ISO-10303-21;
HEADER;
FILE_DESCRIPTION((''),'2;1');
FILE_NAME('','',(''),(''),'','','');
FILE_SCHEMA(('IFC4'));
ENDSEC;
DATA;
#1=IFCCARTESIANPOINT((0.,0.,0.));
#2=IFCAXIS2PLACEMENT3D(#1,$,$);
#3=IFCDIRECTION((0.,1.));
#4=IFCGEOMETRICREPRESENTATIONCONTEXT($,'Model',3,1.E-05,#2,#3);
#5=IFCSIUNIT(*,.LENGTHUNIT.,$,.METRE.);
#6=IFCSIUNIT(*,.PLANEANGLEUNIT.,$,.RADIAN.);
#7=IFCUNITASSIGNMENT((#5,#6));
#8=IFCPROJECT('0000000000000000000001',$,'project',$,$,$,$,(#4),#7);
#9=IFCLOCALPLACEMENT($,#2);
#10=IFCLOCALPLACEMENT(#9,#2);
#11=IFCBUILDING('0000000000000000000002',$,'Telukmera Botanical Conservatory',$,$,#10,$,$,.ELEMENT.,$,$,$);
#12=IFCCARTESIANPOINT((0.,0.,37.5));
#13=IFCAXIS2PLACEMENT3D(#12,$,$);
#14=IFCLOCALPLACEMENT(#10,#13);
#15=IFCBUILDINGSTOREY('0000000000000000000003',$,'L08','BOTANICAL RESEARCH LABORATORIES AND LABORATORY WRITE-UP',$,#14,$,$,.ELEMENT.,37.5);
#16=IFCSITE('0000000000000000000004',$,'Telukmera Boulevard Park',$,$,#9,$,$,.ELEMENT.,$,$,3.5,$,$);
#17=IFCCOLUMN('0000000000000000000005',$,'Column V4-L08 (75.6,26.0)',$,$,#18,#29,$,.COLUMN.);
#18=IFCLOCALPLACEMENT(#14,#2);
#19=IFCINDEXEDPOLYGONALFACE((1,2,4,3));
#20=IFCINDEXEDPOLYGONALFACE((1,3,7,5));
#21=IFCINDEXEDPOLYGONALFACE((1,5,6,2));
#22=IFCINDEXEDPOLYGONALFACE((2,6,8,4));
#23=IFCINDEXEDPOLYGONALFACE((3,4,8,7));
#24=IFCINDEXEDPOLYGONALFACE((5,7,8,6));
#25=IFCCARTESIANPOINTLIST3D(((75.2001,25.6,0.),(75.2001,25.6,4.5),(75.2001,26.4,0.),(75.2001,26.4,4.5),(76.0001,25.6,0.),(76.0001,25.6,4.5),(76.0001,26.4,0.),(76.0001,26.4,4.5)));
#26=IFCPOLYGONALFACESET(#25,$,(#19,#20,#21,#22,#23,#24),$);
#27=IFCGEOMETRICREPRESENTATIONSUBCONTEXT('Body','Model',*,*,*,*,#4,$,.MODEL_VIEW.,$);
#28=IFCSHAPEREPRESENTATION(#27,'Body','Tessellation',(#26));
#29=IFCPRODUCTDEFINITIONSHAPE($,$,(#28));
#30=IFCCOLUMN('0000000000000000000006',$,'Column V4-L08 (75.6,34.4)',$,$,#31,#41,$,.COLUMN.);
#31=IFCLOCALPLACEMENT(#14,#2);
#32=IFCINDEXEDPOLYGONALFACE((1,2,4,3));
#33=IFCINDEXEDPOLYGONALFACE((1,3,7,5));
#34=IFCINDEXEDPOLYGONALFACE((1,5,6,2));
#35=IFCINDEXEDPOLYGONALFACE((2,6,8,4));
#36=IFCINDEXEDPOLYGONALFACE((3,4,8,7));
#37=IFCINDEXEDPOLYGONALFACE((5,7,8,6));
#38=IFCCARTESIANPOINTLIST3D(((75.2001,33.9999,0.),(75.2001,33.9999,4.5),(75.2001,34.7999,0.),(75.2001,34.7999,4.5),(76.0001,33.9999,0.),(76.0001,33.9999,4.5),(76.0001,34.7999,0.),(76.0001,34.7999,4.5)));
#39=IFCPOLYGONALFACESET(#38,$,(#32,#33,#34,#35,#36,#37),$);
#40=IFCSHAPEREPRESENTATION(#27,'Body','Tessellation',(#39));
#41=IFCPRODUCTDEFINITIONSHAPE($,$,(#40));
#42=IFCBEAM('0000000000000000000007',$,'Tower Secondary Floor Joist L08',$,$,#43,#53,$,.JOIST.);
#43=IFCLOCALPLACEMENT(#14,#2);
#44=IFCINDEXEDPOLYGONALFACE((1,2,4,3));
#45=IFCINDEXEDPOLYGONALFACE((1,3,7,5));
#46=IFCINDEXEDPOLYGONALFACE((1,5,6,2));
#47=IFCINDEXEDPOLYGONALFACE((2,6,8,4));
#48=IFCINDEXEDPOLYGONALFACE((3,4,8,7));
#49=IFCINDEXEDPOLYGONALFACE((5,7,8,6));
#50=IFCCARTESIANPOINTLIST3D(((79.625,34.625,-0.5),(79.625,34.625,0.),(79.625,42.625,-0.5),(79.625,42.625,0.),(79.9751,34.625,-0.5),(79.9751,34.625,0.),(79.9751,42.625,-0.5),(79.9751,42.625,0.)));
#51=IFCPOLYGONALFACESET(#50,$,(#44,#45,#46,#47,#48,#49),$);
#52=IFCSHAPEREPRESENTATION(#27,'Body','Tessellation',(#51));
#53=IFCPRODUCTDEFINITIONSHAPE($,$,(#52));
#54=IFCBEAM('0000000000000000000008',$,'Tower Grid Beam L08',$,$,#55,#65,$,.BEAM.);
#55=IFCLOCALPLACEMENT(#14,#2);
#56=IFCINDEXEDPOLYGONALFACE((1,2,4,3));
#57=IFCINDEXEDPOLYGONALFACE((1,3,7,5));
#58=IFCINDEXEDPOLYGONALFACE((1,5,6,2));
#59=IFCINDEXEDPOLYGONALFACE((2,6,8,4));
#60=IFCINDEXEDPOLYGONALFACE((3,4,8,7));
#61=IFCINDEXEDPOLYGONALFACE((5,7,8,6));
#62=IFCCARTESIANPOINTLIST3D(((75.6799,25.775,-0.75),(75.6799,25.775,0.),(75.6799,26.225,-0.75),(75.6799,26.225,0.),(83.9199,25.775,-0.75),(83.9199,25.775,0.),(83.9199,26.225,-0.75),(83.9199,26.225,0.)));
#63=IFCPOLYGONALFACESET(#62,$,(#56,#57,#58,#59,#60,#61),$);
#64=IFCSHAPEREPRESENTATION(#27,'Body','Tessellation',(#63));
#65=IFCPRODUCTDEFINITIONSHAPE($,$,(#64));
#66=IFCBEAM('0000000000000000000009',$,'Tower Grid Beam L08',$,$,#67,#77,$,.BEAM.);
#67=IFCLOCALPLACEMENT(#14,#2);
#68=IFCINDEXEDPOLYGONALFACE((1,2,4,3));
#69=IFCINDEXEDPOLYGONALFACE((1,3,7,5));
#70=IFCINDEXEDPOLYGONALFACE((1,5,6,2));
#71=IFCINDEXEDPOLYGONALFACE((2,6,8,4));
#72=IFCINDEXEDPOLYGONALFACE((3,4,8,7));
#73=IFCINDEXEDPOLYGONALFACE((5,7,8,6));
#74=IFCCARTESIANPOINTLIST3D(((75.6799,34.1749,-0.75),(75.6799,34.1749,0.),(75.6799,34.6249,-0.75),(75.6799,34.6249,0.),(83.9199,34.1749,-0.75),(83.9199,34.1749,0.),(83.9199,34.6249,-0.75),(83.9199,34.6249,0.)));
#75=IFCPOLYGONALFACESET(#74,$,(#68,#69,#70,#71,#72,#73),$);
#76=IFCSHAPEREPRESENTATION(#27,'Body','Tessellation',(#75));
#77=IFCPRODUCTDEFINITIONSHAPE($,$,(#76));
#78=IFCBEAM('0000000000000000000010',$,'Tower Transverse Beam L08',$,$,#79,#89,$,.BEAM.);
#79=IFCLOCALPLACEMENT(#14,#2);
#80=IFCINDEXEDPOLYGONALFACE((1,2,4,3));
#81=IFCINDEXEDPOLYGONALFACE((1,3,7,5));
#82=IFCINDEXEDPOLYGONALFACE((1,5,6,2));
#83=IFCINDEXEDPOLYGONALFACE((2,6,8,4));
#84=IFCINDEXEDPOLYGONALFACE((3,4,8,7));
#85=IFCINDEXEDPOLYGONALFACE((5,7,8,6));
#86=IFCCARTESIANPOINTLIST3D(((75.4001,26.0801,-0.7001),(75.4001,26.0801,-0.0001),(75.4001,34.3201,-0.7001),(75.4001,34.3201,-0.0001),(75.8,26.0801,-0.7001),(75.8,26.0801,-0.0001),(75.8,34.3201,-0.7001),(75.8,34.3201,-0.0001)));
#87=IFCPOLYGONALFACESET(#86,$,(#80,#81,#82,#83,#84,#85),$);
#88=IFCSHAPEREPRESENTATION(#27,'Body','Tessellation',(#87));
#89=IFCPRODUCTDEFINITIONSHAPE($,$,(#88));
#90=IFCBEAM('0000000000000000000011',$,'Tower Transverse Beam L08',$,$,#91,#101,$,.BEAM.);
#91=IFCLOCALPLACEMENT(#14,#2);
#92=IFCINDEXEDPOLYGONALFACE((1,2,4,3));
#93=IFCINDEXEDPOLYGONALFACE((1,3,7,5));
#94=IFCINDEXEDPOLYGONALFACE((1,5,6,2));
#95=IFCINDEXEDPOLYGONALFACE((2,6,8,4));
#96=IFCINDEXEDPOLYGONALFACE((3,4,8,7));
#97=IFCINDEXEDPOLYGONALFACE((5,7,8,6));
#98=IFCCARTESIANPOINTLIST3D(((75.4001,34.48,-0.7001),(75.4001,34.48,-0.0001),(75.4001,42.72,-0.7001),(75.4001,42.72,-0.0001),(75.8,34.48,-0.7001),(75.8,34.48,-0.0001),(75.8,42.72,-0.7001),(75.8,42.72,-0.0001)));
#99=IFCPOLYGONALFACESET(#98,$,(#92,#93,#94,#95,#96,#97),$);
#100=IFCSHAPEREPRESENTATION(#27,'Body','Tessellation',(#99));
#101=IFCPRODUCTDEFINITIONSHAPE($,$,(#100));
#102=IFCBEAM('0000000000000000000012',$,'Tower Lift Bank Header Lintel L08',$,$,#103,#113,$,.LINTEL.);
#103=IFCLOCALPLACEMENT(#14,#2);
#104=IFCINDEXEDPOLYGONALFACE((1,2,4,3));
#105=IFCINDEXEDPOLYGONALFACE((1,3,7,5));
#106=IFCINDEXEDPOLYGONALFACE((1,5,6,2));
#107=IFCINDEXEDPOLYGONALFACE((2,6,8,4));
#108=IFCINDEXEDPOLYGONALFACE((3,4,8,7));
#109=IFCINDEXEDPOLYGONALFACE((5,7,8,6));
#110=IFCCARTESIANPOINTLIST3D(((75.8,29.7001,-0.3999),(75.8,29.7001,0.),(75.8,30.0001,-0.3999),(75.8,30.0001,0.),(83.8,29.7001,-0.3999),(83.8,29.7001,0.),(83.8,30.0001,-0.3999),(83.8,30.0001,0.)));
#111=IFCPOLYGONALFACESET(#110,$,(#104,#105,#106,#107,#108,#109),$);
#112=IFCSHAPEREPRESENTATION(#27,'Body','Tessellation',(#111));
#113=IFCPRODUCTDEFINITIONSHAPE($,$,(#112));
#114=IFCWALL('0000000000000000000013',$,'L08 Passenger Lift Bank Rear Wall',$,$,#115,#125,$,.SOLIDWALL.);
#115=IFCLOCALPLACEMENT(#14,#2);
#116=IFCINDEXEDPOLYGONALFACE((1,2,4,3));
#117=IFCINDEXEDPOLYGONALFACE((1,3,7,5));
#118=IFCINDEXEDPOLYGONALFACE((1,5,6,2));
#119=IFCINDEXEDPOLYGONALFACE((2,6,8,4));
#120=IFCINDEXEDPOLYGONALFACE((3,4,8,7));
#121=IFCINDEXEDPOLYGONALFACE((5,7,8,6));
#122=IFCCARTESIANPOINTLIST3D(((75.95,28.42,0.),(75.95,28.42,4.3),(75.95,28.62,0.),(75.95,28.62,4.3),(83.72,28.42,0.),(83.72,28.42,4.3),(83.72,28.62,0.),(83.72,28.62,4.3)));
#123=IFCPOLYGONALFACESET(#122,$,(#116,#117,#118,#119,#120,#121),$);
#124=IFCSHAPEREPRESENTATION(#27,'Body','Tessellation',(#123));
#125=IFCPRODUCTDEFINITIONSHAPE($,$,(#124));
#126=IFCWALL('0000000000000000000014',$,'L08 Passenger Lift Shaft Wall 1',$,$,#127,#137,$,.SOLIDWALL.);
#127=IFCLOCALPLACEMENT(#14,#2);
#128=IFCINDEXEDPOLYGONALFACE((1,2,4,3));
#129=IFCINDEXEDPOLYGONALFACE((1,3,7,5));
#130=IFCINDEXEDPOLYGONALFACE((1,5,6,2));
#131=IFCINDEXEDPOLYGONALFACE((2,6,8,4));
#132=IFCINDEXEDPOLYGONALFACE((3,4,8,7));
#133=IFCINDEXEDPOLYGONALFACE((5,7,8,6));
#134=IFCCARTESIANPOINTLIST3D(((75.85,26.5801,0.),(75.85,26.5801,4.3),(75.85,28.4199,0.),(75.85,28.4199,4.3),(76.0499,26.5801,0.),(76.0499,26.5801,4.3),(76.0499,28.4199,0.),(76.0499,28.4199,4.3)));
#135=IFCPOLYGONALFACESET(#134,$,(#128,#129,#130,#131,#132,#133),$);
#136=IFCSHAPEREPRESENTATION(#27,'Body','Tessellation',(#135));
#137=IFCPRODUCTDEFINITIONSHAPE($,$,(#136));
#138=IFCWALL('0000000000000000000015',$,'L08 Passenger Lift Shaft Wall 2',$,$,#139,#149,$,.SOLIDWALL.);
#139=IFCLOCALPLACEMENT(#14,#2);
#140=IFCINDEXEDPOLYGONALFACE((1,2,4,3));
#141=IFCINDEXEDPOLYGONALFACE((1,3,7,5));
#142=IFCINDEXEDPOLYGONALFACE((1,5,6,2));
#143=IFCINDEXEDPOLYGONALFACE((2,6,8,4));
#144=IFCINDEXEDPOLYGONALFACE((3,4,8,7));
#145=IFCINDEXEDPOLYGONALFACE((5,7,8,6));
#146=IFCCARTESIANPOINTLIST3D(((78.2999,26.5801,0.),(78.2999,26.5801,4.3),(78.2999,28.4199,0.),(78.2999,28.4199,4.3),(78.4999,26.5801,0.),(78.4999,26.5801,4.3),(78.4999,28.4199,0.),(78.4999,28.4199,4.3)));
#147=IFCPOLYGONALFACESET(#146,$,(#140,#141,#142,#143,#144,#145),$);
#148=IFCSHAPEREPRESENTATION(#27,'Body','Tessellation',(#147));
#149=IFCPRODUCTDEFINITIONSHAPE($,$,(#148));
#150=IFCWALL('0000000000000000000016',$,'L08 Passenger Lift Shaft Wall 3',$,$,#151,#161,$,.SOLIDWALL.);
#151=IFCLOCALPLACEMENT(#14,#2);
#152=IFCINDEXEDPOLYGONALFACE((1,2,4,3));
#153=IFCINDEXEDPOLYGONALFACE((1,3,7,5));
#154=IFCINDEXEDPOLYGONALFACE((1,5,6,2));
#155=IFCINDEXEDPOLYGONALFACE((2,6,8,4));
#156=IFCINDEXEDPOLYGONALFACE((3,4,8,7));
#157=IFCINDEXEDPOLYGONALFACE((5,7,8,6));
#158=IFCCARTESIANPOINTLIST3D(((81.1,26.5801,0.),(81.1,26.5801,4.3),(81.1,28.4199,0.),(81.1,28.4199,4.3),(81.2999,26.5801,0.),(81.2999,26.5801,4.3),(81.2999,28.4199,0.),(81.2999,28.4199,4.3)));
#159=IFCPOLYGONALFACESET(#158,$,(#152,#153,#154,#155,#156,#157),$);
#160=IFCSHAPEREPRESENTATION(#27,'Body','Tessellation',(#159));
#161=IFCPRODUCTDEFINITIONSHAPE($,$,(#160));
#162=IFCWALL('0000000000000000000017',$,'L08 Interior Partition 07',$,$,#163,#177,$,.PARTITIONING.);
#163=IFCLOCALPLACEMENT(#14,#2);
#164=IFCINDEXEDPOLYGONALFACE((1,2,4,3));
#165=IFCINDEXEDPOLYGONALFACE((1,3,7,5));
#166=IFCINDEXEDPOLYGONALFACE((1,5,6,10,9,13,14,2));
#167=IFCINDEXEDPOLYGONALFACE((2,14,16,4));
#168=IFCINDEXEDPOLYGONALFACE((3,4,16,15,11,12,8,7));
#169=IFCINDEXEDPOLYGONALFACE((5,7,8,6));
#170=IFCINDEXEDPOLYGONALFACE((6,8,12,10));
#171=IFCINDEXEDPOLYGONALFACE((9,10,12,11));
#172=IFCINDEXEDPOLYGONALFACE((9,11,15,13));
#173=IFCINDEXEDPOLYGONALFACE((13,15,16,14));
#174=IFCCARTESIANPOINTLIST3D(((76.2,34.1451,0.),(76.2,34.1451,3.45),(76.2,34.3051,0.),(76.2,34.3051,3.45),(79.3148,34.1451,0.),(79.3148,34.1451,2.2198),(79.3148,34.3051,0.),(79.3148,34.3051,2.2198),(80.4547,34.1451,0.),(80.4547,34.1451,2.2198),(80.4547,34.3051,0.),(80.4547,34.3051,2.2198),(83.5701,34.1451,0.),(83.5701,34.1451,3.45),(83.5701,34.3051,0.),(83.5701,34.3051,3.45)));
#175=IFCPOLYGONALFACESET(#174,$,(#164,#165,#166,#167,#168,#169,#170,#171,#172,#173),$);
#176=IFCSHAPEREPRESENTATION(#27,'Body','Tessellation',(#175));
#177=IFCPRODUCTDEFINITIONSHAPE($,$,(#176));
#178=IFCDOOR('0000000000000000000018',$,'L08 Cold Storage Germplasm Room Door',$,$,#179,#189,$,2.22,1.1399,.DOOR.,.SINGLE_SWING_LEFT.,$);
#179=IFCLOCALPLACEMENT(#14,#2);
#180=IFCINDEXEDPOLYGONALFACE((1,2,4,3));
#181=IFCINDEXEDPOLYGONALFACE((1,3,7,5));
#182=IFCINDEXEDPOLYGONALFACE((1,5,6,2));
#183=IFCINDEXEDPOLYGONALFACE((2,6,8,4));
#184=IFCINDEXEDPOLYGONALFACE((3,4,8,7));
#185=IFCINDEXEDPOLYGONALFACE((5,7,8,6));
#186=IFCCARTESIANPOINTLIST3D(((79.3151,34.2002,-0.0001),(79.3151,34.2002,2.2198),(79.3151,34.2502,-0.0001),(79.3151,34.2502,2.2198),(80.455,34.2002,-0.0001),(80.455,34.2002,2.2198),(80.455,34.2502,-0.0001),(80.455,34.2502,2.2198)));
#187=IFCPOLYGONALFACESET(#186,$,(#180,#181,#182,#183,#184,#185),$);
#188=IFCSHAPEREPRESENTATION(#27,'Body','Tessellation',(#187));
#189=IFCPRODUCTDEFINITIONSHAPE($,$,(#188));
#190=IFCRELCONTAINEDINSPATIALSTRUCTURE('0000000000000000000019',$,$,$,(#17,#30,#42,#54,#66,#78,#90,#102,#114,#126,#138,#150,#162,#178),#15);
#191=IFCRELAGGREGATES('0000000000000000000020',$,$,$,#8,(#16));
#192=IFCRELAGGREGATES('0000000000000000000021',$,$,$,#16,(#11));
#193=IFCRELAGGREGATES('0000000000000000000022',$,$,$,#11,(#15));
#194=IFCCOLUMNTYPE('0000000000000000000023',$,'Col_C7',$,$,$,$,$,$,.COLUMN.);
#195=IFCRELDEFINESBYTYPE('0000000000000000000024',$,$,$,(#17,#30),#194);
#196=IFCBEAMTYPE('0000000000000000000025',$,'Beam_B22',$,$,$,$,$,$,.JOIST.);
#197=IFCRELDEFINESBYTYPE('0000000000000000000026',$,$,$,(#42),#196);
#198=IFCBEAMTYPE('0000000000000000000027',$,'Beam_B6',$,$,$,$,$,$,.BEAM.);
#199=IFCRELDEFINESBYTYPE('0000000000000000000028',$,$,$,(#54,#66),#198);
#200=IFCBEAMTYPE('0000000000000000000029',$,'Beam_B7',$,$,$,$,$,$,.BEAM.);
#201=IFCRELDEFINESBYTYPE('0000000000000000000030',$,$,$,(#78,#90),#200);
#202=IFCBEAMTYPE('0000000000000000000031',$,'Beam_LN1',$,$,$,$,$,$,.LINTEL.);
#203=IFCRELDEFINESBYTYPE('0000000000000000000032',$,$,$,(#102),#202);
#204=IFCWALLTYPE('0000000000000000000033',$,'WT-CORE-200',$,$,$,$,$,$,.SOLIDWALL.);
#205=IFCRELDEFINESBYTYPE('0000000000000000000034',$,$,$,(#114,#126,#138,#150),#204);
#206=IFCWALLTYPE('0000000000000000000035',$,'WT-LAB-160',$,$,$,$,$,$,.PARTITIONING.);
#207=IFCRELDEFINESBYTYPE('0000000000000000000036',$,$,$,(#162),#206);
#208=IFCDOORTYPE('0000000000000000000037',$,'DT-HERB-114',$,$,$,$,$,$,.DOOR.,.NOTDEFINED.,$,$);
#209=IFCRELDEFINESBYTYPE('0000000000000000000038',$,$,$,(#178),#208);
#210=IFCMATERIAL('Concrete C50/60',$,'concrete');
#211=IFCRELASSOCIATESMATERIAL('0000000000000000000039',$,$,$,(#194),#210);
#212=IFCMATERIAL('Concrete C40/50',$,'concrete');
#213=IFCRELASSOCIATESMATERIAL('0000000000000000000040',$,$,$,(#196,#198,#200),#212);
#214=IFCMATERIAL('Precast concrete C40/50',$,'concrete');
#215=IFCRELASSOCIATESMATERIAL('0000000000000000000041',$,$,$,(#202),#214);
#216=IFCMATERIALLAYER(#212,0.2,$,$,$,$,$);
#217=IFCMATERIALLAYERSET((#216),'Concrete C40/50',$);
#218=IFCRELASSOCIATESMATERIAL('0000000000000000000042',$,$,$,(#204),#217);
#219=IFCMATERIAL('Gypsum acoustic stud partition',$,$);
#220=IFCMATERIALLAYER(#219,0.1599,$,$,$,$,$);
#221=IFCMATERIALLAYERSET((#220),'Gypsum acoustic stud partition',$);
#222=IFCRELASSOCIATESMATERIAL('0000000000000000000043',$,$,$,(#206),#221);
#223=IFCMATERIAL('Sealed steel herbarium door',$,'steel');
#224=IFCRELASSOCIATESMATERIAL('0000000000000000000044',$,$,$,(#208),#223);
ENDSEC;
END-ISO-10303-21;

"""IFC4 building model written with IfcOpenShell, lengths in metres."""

from ifc_helpers import new_model, si_unit, direction, frame, frame_2d, origin, origin_2d, place, context, subcontext, project, spatial, rectangle, extrude, material, layer, layer_set, material_profile, profile_set, type_object, element, fill, save


model = new_model("IFC4")

# Units and contexts
model_context = context("Model", 3, precision=1e-05, world=origin(), true_north=direction((0.0, 1.0)))
body_context = subcontext(model_context, "Body", "Model", "MODEL_VIEW")
ifc_project = project(units=[si_unit("LENGTHUNIT", "METRE"), si_unit("PLANEANGLEUNIT", "RADIAN")], contexts=[model_context])

# Site, building, storey
site_placement = place(None, origin())
site = spatial("IfcSite", under=ifc_project, at=site_placement, Name="Telukmera Boulevard Park", CompositionType="ELEMENT", RefElevation=3.5)
building_placement = place(site_placement, origin())
building = spatial("IfcBuilding", under=site, at=building_placement, Name="Telukmera Botanical Conservatory", CompositionType="ELEMENT")
storey_placement = place(building_placement, frame((0.0, 0.0, 37.5)))
storey = spatial("IfcBuildingStorey", under=building, at=storey_placement, Name="L08", Description="BOTANICAL RESEARCH LABORATORIES AND LABORATORY WRITE-UP", CompositionType="ELEMENT", Elevation=37.5)

# Columns
ifc_material_1 = material(Name="Concrete C50/60", Category="concrete")
ifc_material_profile_1 = material_profile(ifc_material_1, rectangle(XDim=0.8, YDim=0.8, at=origin_2d()), Name="RC 800x800")
ifc_profile_set_1 = profile_set([ifc_material_profile_1], Name="Concrete C50/60")
column_type = type_object("IfcColumnType", Name="Col_C7", PredefinedType="COLUMN", material=ifc_profile_set_1)
for number, where, z_axis, x_axis, name in (
    (1, (75.6001, 26.0, 0.0), (0.0, 0.0, 1.0), (1.0, 0.0, 0.0), "Column V4-L08 (75.6,26.0)"),
    (2, (75.6001, 34.3999, 0.0), (0.0, 0.0, 1.0), (1.0, 0.0, 0.0), "Column V4-L08 (75.6,34.4)"),
):
    element("IfcColumn", number, at=place(storey_placement, frame(where, z_axis=z_axis, x_axis=x_axis)), inside=storey, type_object=column_type, Name=name, PredefinedType="COLUMN", context=body_context, shape_type="SweptSolid", body=[
        extrude(rectangle(XDim=0.8, YDim=0.8, at=origin_2d()), origin(), (0.0, 0.0, 1.0), 4.5),
    ])

# Beams
ifc_material_2 = material(Name="Concrete C40/50", Category="concrete")
ifc_material_profile_2 = material_profile(ifc_material_2, rectangle(XDim=0.3501, YDim=0.5, at=origin_2d()), Name="RC 350x500")
ifc_profile_set_2 = profile_set([ifc_material_profile_2], Name="Concrete C40/50")
beam_type_1 = type_object("IfcBeamType", Name="Beam_B22", PredefinedType="JOIST", material=ifc_profile_set_2)
beam_1_placement = place(storey_placement, frame((79.8, 34.625, -0.25), z_axis=(0.0, 1.0, 0.0), x_axis=(-1.0, 0.0, 0.0)))
element("IfcBeam", 3, at=beam_1_placement, inside=storey, type_object=beam_type_1, Name="Tower Secondary Floor Joist L08", PredefinedType="JOIST", context=body_context, shape_type="SweptSolid", body=[
    extrude(rectangle(XDim=0.3501, YDim=0.5, at=origin_2d()), origin(), (0.0, 0.0, 1.0), 8.0),
])
ifc_material_profile_3 = material_profile(ifc_material_2, rectangle(XDim=0.45, YDim=0.75, at=origin_2d()), Name="RC 450x750")
ifc_profile_set_3 = profile_set([ifc_material_profile_3], Name="Concrete C40/50")
beam_type_2 = type_object("IfcBeamType", Name="Beam_B6", PredefinedType="BEAM", material=ifc_profile_set_3)
for number, where, z_axis, x_axis, name in (
    (4, (75.6799, 26.0, -0.375), (1.0, 0.0, 0.0), (0.0, 1.0, 0.0), "Tower Grid Beam L08"),
    (5, (75.6799, 34.3999, -0.375), (1.0, 0.0, 0.0), (0.0, 1.0, 0.0), "Tower Grid Beam L08"),
):
    element("IfcBeam", number, at=place(storey_placement, frame(where, z_axis=z_axis, x_axis=x_axis)), inside=storey, type_object=beam_type_2, Name=name, PredefinedType="BEAM", context=body_context, shape_type="SweptSolid", body=[
        extrude(rectangle(XDim=0.45, YDim=0.75, at=origin_2d()), origin(), (0.0, 0.0, 1.0), 8.24),
    ])
ifc_material_profile_4 = material_profile(ifc_material_2, rectangle(XDim=0.3999, YDim=0.7, at=origin_2d()), Name="RC 400x700")
ifc_profile_set_4 = profile_set([ifc_material_profile_4], Name="Concrete C40/50")
beam_type_3 = type_object("IfcBeamType", Name="Beam_B7", PredefinedType="BEAM", material=ifc_profile_set_4)
for number, where, z_axis, x_axis, name in (
    (6, (75.6001, 26.0801, -0.3501), (0.0, 1.0, 0.0), (-1.0, 0.0, 0.0), "Tower Transverse Beam L08"),
    (7, (75.6001, 34.48, -0.3501), (0.0, 1.0, 0.0), (-1.0, 0.0, 0.0), "Tower Transverse Beam L08"),
):
    element("IfcBeam", number, at=place(storey_placement, frame(where, z_axis=z_axis, x_axis=x_axis)), inside=storey, type_object=beam_type_3, Name=name, PredefinedType="BEAM", context=body_context, shape_type="SweptSolid", body=[
        extrude(rectangle(XDim=0.3999, YDim=0.7, at=origin_2d()), origin(), (0.0, 0.0, 1.0), 8.24),
    ])
ifc_material_3 = material(Name="Precast concrete C40/50", Category="concrete")
ifc_material_profile_5 = material_profile(ifc_material_3, rectangle(XDim=0.3, YDim=0.3999, at=origin_2d()), Name="PC 300x400")
ifc_profile_set_5 = profile_set([ifc_material_profile_5], Name="Precast concrete C40/50")
beam_type_4 = type_object("IfcBeamType", Name="Beam_LN1", PredefinedType="LINTEL", material=ifc_profile_set_5)
beam_2_placement = place(storey_placement, frame((75.8, 29.8501, -0.2), z_axis=(1.0, 0.0, 0.0), x_axis=(0.0, 1.0, 0.0)))
element("IfcBeam", 8, at=beam_2_placement, inside=storey, type_object=beam_type_4, Name="Tower Lift Bank Header Lintel L08", PredefinedType="LINTEL", context=body_context, shape_type="SweptSolid", body=[
    extrude(rectangle(XDim=0.3, YDim=0.3999, at=origin_2d()), origin(), (0.0, 0.0, 1.0), 8.0),
])

# Shared definitions
ifc_layer_1 = layer(ifc_material_2, 0.2)
ifc_layer_set_1 = layer_set([ifc_layer_1], Name="Concrete C40/50")
wall_type_1 = type_object("IfcWallType", Name="WT-CORE-200", PredefinedType="SOLIDWALL", material=ifc_layer_set_1)

# Walls
wall_1_placement = place(storey_placement, frame((75.95, 28.52, 0.0), z_axis=(0.0, 0.0, 1.0), x_axis=(1.0, 0.0, 0.0)))
element("IfcWall", 9, at=wall_1_placement, inside=storey, type_object=wall_type_1, Name="L08 Passenger Lift Bank Rear Wall", PredefinedType="SOLIDWALL", context=body_context, shape_type="SweptSolid", body=[
    extrude(rectangle(XDim=7.77, YDim=0.2, at=frame_2d((3.885, 0.0))), origin(), (0.0, 0.0, 1.0), 4.3),
])
for number, where, z_axis, x_axis, name in (
    (10, (75.95, 26.5801, 0.0), (0.0, 0.0, 1.0), (0.0, 1.0, 0.0), "L08 Passenger Lift Shaft Wall 1"),
    (11, (78.3999, 26.5801, 0.0), (0.0, 0.0, 1.0), (0.0, 1.0, 0.0), "L08 Passenger Lift Shaft Wall 2"),
    (12, (81.2, 26.5801, 0.0), (0.0, 0.0, 1.0), (0.0, 1.0, 0.0), "L08 Passenger Lift Shaft Wall 3"),
):
    element("IfcWall", number, at=place(storey_placement, frame(where, z_axis=z_axis, x_axis=x_axis)), inside=storey, type_object=wall_type_1, Name=name, PredefinedType="SOLIDWALL", context=body_context, shape_type="SweptSolid", body=[
        extrude(rectangle(XDim=1.8398, YDim=0.2, at=frame_2d((0.9199, 0.0))), origin(), (0.0, 0.0, 1.0), 4.3),
    ])

# Wall, opening, door
ifc_material_4 = material(Name="Gypsum acoustic stud partition")
ifc_layer_2 = layer(ifc_material_4, 0.1599)
ifc_layer_set_2 = layer_set([ifc_layer_2], Name="Gypsum acoustic stud partition")
wall_type_2 = type_object("IfcWallType", Name="WT-LAB-160", PredefinedType="PARTITIONING", material=ifc_layer_set_2)
wall_2_placement = place(storey_placement, frame((76.2, 34.2251, 0.0), z_axis=(0.0, 0.0, 1.0), x_axis=(1.0, 0.0, 0.0)))
wall_2 = element("IfcWall", 13, at=wall_2_placement, inside=storey, type_object=wall_type_2, Name="L08 Interior Partition 07", PredefinedType="PARTITIONING", context=body_context, shape_type="SweptSolid", body=[
    extrude(rectangle(XDim=7.3701, YDim=0.1599, at=frame_2d((3.6851, 0.0))), origin(), (0.0, 0.0, 1.0), 3.45),
])
opening_1_placement = place(wall_2_placement, frame((3.115, 0.0, 0.0)))
opening_1 = element("IfcOpeningElement", 14, at=opening_1_placement, cuts=wall_2, PredefinedType="OPENING", context=body_context, shape_type="SweptSolid", body=[
    extrude(rectangle(XDim=1.1399, YDim=2.22, at=frame_2d((0.5698, 1.1099))), frame((0.0, 0.0898, 0.0), z_axis=(0.0, -1.0, 0.0), x_axis=(1.0, 0.0, 0.0)), (0.0, 0.0, 1.0), 0.1799),
])
ifc_material_5 = material(Name="Sealed steel herbarium door", Category="steel")
door_type_1 = type_object("IfcDoorType", Name="DT-HERB-114", OperationType="NOTDEFINED", PredefinedType="DOOR", material=ifc_material_5)
door_1_placement = place(opening_1_placement, frame((1.1399, 0.0, 0.0), z_axis=(0.0, 0.0, 1.0), x_axis=(-1.0, 0.0, 0.0)))
door_1 = element("IfcDoor", 15, at=door_1_placement, inside=storey, type_object=door_type_1, Name="L08 Cold Storage Germplasm Room Door", OperationType="SINGLE_SWING_LEFT", OverallHeight=2.22, OverallWidth=1.1399, PredefinedType="DOOR", context=body_context, shape_type="SweptSolid", body=[
    extrude(rectangle(XDim=1.1399, YDim=2.22, at=frame_2d((0.5698, 1.1099))), frame((0.0, 0.0249, 0.0), z_axis=(0.0, -1.0, 0.0), x_axis=(1.0, 0.0, 0.0)), (0.0, 0.0, 1.0), 0.05),
])
fill(opening_1, door_1)

save(model, "model.ifc")
